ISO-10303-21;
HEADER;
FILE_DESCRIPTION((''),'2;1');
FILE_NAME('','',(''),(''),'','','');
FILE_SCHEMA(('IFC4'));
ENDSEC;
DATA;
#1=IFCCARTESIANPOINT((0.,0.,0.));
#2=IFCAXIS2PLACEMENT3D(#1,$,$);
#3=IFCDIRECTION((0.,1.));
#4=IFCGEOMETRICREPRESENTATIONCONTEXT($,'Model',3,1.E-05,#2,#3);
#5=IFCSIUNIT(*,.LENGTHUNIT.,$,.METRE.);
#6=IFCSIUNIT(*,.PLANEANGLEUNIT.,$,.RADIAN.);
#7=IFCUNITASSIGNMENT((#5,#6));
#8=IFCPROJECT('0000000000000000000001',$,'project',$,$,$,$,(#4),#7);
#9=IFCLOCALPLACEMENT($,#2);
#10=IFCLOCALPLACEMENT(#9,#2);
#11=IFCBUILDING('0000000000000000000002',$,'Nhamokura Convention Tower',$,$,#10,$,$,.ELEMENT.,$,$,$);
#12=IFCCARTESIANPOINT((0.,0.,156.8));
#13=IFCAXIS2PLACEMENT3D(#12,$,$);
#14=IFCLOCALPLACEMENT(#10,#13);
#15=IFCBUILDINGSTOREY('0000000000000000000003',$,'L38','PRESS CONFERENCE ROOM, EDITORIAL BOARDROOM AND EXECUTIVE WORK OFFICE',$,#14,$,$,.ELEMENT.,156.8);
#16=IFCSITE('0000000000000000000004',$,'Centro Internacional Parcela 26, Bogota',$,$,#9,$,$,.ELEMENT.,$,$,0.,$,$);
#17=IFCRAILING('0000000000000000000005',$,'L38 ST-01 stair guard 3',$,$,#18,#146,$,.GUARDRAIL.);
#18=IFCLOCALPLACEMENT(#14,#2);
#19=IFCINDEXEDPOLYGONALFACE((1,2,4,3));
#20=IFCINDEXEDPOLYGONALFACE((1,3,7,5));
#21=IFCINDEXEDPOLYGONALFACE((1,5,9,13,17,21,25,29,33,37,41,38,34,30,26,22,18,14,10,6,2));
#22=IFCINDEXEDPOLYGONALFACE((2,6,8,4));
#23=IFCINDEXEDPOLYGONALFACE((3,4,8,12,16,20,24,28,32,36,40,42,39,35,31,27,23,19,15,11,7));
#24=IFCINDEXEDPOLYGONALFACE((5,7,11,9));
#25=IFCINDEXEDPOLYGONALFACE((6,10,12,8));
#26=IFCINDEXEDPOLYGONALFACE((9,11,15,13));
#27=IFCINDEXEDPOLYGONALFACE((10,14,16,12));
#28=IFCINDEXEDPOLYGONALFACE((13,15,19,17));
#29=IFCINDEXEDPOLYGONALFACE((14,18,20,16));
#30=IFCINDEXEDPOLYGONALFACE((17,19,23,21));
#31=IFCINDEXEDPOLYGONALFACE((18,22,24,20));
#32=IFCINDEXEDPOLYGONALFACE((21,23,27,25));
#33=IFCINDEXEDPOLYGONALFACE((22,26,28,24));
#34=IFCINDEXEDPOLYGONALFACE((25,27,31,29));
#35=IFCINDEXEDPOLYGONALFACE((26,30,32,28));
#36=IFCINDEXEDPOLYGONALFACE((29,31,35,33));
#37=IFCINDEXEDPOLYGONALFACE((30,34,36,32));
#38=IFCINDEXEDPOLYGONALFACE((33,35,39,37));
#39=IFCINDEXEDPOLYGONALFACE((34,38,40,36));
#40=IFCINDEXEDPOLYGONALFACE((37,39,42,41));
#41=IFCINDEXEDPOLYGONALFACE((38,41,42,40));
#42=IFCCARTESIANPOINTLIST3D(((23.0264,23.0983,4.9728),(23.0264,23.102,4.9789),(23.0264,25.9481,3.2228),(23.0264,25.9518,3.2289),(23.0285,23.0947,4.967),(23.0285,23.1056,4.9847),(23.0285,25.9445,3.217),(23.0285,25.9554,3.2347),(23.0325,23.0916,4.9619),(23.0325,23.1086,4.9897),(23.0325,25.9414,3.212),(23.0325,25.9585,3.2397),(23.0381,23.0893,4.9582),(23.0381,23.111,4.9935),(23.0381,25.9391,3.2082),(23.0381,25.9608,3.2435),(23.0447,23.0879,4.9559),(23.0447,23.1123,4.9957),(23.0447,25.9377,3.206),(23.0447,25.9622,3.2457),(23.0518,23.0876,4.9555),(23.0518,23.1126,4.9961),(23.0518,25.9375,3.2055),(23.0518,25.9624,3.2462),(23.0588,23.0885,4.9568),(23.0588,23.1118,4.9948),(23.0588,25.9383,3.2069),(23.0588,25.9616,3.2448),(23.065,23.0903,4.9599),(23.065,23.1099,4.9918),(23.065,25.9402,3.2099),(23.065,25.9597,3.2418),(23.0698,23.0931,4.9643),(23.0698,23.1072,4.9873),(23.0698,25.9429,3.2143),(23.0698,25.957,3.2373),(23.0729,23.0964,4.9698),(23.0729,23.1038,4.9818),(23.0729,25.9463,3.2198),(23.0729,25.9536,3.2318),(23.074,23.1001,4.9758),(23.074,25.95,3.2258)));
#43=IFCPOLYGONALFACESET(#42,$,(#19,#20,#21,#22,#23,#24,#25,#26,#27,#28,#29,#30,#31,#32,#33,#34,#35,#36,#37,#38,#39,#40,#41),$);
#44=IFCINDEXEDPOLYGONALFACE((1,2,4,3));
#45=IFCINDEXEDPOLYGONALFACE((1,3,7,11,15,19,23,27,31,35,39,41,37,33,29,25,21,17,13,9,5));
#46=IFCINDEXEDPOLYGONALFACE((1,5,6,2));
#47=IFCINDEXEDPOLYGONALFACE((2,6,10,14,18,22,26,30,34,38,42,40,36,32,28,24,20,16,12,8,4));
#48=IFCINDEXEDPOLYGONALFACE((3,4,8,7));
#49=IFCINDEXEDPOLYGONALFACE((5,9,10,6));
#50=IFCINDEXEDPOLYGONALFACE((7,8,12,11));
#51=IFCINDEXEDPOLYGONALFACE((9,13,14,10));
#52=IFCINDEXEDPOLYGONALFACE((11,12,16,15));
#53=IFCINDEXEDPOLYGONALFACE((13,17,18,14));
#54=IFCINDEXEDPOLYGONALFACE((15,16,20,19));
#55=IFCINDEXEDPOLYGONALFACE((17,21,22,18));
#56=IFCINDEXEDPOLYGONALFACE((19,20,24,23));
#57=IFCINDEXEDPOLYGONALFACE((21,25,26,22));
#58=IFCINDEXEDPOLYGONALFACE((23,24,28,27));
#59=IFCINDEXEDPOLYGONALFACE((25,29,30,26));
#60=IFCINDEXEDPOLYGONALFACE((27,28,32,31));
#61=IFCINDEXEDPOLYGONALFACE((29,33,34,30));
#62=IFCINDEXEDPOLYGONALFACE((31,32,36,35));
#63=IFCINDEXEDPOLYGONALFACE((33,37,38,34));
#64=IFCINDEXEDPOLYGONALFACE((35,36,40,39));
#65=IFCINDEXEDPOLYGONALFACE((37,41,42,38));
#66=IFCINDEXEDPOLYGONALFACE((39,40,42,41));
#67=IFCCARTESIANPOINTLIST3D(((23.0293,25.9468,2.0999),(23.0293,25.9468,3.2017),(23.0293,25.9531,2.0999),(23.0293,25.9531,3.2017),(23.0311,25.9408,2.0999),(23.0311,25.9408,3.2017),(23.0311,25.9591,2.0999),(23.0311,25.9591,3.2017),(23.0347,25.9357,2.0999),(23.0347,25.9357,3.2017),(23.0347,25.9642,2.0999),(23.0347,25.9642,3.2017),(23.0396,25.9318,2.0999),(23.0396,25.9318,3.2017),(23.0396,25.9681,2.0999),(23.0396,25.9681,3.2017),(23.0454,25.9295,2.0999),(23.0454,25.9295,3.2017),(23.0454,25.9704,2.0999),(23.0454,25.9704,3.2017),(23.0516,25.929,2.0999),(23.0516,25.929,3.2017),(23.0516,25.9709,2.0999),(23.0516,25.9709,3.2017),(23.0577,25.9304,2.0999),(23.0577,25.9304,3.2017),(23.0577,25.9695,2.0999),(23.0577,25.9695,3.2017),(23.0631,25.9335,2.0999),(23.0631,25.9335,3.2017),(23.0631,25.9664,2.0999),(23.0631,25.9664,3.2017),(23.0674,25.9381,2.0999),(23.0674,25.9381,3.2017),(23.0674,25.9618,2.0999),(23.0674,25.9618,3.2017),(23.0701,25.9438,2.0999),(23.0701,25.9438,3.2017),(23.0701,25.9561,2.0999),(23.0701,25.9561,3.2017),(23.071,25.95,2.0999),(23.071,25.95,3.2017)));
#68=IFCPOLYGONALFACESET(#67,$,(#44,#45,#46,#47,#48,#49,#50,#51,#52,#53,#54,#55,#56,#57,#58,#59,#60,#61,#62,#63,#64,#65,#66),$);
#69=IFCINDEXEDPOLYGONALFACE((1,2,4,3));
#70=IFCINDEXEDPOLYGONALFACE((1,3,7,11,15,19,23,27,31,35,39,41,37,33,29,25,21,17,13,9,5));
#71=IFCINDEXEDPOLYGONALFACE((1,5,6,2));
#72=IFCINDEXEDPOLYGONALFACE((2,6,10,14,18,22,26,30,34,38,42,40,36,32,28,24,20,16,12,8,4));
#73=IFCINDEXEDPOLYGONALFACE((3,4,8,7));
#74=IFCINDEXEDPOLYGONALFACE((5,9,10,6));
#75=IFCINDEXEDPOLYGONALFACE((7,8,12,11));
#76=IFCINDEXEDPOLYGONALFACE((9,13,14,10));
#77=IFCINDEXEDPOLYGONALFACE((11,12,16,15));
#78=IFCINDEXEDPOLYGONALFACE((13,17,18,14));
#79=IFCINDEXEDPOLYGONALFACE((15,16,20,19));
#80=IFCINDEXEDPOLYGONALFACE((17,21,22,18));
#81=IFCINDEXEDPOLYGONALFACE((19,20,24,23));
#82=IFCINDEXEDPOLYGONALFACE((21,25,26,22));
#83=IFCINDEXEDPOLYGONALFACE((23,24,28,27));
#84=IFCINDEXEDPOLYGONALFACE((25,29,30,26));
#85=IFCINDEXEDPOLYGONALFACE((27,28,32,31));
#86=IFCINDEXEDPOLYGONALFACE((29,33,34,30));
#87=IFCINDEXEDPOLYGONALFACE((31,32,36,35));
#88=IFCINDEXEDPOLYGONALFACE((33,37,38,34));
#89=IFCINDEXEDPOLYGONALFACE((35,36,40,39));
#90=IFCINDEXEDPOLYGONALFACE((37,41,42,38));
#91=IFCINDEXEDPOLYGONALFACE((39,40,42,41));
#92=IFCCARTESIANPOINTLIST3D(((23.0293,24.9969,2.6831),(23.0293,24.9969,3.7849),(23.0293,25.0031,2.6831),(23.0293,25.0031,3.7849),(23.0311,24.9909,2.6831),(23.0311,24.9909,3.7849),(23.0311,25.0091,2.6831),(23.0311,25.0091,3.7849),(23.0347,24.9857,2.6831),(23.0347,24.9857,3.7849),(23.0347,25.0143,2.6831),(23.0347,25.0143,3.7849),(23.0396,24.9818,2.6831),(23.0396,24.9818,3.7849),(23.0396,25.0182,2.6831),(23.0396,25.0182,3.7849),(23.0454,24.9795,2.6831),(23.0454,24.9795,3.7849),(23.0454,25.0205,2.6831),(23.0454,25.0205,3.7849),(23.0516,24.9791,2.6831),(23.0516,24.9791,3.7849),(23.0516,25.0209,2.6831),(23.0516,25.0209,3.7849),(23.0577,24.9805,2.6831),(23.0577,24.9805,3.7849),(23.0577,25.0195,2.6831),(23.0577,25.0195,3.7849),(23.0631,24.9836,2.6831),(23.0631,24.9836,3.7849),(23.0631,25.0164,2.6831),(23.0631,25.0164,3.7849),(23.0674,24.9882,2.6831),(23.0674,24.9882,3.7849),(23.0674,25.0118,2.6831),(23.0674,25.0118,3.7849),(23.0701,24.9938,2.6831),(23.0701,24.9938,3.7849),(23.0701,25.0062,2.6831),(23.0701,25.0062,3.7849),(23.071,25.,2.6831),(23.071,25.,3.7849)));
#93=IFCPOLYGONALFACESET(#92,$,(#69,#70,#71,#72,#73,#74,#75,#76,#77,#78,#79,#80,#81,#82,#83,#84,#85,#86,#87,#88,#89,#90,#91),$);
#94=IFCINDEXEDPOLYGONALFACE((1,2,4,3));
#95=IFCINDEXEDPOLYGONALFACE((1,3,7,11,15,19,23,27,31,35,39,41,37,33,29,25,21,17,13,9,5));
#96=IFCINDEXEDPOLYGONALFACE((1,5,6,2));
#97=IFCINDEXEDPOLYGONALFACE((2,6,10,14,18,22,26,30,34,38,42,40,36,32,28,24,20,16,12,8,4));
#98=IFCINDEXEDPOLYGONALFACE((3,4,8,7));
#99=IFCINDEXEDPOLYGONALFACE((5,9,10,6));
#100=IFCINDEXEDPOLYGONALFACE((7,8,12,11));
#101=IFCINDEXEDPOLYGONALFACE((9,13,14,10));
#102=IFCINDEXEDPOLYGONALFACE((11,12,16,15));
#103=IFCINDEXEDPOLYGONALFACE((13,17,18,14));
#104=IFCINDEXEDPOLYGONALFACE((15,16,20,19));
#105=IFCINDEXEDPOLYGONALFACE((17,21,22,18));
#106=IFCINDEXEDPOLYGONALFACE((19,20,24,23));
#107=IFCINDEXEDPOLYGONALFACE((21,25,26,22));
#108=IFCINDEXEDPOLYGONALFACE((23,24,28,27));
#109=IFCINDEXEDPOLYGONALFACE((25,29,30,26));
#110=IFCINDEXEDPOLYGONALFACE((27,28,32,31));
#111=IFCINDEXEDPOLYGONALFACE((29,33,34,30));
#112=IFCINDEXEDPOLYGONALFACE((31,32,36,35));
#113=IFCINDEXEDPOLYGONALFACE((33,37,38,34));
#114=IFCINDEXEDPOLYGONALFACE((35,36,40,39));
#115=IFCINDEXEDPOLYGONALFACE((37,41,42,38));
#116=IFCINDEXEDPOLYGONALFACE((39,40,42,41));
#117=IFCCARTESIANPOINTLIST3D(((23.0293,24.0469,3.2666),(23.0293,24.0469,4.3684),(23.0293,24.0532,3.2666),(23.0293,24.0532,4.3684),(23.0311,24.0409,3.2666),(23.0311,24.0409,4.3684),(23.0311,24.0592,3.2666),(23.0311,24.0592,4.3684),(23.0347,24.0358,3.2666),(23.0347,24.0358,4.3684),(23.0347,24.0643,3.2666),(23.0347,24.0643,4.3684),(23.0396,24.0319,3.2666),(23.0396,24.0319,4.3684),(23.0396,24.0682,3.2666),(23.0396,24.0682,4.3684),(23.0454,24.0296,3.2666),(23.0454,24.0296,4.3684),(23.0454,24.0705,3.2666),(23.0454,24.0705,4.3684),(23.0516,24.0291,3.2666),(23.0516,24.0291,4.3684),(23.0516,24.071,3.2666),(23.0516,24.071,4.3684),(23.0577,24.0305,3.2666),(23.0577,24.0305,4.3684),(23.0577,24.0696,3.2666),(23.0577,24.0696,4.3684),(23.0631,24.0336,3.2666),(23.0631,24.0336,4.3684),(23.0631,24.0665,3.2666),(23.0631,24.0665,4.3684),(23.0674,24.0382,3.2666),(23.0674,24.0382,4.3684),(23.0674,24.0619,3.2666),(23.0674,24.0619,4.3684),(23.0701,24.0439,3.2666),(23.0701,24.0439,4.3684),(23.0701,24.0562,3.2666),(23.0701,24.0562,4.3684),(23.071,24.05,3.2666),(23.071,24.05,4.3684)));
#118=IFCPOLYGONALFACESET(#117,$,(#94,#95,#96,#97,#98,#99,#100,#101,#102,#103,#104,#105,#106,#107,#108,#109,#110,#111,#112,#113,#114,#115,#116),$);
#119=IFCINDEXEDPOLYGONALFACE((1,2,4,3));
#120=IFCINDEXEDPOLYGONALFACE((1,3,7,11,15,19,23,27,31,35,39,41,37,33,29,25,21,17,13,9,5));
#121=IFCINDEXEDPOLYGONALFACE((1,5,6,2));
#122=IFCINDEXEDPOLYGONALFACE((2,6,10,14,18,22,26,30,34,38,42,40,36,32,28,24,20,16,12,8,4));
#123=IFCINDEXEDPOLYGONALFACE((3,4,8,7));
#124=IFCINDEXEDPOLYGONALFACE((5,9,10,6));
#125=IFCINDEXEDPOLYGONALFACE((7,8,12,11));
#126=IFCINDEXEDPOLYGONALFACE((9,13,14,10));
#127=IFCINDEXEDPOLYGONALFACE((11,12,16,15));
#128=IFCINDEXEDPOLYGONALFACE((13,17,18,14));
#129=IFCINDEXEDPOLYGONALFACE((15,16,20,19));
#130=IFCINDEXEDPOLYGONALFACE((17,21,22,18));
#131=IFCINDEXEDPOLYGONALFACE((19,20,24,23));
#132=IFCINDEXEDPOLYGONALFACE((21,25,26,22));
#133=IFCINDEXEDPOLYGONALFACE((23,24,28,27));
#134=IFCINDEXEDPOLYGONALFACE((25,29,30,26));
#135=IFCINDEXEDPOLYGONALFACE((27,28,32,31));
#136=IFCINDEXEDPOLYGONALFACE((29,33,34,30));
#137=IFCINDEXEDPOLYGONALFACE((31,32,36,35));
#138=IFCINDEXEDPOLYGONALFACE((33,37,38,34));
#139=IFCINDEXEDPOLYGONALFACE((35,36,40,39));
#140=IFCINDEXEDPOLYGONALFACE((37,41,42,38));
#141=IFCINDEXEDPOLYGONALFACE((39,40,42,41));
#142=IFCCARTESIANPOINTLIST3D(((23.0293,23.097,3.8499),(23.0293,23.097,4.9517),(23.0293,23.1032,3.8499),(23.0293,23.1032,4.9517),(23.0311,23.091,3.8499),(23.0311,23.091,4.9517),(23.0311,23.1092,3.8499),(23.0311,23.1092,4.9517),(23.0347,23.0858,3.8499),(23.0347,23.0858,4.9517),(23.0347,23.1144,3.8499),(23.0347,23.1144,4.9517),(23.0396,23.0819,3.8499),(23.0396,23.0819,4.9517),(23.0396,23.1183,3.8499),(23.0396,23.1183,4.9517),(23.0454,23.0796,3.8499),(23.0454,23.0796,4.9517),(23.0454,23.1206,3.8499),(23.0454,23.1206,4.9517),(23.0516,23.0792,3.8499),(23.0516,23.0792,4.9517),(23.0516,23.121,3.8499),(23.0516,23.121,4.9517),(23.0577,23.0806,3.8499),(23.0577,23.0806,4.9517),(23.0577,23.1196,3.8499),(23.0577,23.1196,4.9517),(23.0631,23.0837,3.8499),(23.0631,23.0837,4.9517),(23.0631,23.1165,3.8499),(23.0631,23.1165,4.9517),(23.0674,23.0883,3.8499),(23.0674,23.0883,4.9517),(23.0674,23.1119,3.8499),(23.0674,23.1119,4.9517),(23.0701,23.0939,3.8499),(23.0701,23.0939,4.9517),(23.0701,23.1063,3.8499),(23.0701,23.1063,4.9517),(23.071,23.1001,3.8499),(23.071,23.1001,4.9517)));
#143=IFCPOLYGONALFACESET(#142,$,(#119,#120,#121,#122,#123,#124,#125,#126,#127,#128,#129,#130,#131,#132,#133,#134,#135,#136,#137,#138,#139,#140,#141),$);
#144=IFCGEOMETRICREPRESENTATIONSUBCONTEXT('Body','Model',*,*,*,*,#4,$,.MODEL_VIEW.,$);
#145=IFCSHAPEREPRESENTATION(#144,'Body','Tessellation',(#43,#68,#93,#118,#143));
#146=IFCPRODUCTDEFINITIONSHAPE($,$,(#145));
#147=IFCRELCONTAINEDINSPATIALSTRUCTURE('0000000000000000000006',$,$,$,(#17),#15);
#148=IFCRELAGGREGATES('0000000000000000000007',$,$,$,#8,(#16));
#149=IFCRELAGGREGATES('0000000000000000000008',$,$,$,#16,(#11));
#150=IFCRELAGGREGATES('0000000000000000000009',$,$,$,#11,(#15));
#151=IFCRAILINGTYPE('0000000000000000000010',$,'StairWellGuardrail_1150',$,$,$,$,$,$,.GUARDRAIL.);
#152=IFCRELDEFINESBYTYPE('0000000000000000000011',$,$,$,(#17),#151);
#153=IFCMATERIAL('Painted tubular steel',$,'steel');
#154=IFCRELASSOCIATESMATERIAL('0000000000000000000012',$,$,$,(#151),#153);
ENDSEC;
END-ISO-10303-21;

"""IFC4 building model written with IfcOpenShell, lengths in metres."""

from ifc_helpers import new_model, si_unit, direction, frame, origin, origin_2d, place, context, subcontext, project, spatial, circle, extrude, material, type_object, element, save


model = new_model("IFC4")

# Units and contexts
model_context = context("Model", 3, precision=1e-05, world=origin(), true_north=direction((0.0, 1.0)))
body_context = subcontext(model_context, "Body", "Model", "MODEL_VIEW")
ifc_project = project(units=[si_unit("LENGTHUNIT", "METRE"), si_unit("PLANEANGLEUNIT", "RADIAN")], contexts=[model_context])

# Site, building, storey
site_placement = place(None, origin())
site = spatial("IfcSite", under=ifc_project, at=site_placement, Name="Centro Internacional Parcela 26, Bogota", CompositionType="ELEMENT", RefElevation=0.0)
building_placement = place(site_placement, origin())
building = spatial("IfcBuilding", under=site, at=building_placement, Name="Nhamokura Convention Tower", CompositionType="ELEMENT")
storey_placement = place(building_placement, frame((0.0, 0.0, 156.8)))
storey = spatial("IfcBuildingStorey", under=building, at=storey_placement, Name="L38", Description="PRESS CONFERENCE ROOM, EDITORIAL BOARDROOM AND EXECUTIVE WORK OFFICE", CompositionType="ELEMENT", Elevation=156.8)

# Railing
ifc_material_1 = material(Name="Painted tubular steel", Category="steel")
railing_type_1 = type_object("IfcRailingType", Name="StairWellGuardrail_1150", PredefinedType="GUARDRAIL", material=ifc_material_1)
railing_1_placement = place(storey_placement, frame((23.05, 25.95, 2.0999)))
element("IfcRailing", 1, at=railing_1_placement, inside=storey, type_object=railing_type_1, Name="L38 ST-01 stair guard 3", PredefinedType="GUARDRAIL", context=body_context, shape_type="SweptSolid", body=[
    extrude(circle(Radius=0.0239, at=origin_2d()), frame((0.0, 0.0, 1.126), z_axis=(0.0, -0.852159, 0.523283), x_axis=(1.0, 0.0, 0.0)), (0.0, 0.0, 1.0), 3.3442),
    extrude(circle(Radius=0.021, at=origin_2d()), origin(), (0.0, 0.0, 1.0), 1.1018),
    extrude(circle(Radius=0.021, at=origin_2d()), frame((0.0, -0.95, 0.5833)), (0.0, 0.0, 1.0), 1.1018),
    extrude(circle(Radius=0.021, at=origin_2d()), frame((0.0, -1.8999, 1.1667)), (0.0, 0.0, 1.0), 1.1018),
    extrude(circle(Radius=0.021, at=origin_2d()), frame((0.0, -2.8499, 1.75)), (0.0, 0.0, 1.0), 1.1018),
])

save(model, "model.ifc")
